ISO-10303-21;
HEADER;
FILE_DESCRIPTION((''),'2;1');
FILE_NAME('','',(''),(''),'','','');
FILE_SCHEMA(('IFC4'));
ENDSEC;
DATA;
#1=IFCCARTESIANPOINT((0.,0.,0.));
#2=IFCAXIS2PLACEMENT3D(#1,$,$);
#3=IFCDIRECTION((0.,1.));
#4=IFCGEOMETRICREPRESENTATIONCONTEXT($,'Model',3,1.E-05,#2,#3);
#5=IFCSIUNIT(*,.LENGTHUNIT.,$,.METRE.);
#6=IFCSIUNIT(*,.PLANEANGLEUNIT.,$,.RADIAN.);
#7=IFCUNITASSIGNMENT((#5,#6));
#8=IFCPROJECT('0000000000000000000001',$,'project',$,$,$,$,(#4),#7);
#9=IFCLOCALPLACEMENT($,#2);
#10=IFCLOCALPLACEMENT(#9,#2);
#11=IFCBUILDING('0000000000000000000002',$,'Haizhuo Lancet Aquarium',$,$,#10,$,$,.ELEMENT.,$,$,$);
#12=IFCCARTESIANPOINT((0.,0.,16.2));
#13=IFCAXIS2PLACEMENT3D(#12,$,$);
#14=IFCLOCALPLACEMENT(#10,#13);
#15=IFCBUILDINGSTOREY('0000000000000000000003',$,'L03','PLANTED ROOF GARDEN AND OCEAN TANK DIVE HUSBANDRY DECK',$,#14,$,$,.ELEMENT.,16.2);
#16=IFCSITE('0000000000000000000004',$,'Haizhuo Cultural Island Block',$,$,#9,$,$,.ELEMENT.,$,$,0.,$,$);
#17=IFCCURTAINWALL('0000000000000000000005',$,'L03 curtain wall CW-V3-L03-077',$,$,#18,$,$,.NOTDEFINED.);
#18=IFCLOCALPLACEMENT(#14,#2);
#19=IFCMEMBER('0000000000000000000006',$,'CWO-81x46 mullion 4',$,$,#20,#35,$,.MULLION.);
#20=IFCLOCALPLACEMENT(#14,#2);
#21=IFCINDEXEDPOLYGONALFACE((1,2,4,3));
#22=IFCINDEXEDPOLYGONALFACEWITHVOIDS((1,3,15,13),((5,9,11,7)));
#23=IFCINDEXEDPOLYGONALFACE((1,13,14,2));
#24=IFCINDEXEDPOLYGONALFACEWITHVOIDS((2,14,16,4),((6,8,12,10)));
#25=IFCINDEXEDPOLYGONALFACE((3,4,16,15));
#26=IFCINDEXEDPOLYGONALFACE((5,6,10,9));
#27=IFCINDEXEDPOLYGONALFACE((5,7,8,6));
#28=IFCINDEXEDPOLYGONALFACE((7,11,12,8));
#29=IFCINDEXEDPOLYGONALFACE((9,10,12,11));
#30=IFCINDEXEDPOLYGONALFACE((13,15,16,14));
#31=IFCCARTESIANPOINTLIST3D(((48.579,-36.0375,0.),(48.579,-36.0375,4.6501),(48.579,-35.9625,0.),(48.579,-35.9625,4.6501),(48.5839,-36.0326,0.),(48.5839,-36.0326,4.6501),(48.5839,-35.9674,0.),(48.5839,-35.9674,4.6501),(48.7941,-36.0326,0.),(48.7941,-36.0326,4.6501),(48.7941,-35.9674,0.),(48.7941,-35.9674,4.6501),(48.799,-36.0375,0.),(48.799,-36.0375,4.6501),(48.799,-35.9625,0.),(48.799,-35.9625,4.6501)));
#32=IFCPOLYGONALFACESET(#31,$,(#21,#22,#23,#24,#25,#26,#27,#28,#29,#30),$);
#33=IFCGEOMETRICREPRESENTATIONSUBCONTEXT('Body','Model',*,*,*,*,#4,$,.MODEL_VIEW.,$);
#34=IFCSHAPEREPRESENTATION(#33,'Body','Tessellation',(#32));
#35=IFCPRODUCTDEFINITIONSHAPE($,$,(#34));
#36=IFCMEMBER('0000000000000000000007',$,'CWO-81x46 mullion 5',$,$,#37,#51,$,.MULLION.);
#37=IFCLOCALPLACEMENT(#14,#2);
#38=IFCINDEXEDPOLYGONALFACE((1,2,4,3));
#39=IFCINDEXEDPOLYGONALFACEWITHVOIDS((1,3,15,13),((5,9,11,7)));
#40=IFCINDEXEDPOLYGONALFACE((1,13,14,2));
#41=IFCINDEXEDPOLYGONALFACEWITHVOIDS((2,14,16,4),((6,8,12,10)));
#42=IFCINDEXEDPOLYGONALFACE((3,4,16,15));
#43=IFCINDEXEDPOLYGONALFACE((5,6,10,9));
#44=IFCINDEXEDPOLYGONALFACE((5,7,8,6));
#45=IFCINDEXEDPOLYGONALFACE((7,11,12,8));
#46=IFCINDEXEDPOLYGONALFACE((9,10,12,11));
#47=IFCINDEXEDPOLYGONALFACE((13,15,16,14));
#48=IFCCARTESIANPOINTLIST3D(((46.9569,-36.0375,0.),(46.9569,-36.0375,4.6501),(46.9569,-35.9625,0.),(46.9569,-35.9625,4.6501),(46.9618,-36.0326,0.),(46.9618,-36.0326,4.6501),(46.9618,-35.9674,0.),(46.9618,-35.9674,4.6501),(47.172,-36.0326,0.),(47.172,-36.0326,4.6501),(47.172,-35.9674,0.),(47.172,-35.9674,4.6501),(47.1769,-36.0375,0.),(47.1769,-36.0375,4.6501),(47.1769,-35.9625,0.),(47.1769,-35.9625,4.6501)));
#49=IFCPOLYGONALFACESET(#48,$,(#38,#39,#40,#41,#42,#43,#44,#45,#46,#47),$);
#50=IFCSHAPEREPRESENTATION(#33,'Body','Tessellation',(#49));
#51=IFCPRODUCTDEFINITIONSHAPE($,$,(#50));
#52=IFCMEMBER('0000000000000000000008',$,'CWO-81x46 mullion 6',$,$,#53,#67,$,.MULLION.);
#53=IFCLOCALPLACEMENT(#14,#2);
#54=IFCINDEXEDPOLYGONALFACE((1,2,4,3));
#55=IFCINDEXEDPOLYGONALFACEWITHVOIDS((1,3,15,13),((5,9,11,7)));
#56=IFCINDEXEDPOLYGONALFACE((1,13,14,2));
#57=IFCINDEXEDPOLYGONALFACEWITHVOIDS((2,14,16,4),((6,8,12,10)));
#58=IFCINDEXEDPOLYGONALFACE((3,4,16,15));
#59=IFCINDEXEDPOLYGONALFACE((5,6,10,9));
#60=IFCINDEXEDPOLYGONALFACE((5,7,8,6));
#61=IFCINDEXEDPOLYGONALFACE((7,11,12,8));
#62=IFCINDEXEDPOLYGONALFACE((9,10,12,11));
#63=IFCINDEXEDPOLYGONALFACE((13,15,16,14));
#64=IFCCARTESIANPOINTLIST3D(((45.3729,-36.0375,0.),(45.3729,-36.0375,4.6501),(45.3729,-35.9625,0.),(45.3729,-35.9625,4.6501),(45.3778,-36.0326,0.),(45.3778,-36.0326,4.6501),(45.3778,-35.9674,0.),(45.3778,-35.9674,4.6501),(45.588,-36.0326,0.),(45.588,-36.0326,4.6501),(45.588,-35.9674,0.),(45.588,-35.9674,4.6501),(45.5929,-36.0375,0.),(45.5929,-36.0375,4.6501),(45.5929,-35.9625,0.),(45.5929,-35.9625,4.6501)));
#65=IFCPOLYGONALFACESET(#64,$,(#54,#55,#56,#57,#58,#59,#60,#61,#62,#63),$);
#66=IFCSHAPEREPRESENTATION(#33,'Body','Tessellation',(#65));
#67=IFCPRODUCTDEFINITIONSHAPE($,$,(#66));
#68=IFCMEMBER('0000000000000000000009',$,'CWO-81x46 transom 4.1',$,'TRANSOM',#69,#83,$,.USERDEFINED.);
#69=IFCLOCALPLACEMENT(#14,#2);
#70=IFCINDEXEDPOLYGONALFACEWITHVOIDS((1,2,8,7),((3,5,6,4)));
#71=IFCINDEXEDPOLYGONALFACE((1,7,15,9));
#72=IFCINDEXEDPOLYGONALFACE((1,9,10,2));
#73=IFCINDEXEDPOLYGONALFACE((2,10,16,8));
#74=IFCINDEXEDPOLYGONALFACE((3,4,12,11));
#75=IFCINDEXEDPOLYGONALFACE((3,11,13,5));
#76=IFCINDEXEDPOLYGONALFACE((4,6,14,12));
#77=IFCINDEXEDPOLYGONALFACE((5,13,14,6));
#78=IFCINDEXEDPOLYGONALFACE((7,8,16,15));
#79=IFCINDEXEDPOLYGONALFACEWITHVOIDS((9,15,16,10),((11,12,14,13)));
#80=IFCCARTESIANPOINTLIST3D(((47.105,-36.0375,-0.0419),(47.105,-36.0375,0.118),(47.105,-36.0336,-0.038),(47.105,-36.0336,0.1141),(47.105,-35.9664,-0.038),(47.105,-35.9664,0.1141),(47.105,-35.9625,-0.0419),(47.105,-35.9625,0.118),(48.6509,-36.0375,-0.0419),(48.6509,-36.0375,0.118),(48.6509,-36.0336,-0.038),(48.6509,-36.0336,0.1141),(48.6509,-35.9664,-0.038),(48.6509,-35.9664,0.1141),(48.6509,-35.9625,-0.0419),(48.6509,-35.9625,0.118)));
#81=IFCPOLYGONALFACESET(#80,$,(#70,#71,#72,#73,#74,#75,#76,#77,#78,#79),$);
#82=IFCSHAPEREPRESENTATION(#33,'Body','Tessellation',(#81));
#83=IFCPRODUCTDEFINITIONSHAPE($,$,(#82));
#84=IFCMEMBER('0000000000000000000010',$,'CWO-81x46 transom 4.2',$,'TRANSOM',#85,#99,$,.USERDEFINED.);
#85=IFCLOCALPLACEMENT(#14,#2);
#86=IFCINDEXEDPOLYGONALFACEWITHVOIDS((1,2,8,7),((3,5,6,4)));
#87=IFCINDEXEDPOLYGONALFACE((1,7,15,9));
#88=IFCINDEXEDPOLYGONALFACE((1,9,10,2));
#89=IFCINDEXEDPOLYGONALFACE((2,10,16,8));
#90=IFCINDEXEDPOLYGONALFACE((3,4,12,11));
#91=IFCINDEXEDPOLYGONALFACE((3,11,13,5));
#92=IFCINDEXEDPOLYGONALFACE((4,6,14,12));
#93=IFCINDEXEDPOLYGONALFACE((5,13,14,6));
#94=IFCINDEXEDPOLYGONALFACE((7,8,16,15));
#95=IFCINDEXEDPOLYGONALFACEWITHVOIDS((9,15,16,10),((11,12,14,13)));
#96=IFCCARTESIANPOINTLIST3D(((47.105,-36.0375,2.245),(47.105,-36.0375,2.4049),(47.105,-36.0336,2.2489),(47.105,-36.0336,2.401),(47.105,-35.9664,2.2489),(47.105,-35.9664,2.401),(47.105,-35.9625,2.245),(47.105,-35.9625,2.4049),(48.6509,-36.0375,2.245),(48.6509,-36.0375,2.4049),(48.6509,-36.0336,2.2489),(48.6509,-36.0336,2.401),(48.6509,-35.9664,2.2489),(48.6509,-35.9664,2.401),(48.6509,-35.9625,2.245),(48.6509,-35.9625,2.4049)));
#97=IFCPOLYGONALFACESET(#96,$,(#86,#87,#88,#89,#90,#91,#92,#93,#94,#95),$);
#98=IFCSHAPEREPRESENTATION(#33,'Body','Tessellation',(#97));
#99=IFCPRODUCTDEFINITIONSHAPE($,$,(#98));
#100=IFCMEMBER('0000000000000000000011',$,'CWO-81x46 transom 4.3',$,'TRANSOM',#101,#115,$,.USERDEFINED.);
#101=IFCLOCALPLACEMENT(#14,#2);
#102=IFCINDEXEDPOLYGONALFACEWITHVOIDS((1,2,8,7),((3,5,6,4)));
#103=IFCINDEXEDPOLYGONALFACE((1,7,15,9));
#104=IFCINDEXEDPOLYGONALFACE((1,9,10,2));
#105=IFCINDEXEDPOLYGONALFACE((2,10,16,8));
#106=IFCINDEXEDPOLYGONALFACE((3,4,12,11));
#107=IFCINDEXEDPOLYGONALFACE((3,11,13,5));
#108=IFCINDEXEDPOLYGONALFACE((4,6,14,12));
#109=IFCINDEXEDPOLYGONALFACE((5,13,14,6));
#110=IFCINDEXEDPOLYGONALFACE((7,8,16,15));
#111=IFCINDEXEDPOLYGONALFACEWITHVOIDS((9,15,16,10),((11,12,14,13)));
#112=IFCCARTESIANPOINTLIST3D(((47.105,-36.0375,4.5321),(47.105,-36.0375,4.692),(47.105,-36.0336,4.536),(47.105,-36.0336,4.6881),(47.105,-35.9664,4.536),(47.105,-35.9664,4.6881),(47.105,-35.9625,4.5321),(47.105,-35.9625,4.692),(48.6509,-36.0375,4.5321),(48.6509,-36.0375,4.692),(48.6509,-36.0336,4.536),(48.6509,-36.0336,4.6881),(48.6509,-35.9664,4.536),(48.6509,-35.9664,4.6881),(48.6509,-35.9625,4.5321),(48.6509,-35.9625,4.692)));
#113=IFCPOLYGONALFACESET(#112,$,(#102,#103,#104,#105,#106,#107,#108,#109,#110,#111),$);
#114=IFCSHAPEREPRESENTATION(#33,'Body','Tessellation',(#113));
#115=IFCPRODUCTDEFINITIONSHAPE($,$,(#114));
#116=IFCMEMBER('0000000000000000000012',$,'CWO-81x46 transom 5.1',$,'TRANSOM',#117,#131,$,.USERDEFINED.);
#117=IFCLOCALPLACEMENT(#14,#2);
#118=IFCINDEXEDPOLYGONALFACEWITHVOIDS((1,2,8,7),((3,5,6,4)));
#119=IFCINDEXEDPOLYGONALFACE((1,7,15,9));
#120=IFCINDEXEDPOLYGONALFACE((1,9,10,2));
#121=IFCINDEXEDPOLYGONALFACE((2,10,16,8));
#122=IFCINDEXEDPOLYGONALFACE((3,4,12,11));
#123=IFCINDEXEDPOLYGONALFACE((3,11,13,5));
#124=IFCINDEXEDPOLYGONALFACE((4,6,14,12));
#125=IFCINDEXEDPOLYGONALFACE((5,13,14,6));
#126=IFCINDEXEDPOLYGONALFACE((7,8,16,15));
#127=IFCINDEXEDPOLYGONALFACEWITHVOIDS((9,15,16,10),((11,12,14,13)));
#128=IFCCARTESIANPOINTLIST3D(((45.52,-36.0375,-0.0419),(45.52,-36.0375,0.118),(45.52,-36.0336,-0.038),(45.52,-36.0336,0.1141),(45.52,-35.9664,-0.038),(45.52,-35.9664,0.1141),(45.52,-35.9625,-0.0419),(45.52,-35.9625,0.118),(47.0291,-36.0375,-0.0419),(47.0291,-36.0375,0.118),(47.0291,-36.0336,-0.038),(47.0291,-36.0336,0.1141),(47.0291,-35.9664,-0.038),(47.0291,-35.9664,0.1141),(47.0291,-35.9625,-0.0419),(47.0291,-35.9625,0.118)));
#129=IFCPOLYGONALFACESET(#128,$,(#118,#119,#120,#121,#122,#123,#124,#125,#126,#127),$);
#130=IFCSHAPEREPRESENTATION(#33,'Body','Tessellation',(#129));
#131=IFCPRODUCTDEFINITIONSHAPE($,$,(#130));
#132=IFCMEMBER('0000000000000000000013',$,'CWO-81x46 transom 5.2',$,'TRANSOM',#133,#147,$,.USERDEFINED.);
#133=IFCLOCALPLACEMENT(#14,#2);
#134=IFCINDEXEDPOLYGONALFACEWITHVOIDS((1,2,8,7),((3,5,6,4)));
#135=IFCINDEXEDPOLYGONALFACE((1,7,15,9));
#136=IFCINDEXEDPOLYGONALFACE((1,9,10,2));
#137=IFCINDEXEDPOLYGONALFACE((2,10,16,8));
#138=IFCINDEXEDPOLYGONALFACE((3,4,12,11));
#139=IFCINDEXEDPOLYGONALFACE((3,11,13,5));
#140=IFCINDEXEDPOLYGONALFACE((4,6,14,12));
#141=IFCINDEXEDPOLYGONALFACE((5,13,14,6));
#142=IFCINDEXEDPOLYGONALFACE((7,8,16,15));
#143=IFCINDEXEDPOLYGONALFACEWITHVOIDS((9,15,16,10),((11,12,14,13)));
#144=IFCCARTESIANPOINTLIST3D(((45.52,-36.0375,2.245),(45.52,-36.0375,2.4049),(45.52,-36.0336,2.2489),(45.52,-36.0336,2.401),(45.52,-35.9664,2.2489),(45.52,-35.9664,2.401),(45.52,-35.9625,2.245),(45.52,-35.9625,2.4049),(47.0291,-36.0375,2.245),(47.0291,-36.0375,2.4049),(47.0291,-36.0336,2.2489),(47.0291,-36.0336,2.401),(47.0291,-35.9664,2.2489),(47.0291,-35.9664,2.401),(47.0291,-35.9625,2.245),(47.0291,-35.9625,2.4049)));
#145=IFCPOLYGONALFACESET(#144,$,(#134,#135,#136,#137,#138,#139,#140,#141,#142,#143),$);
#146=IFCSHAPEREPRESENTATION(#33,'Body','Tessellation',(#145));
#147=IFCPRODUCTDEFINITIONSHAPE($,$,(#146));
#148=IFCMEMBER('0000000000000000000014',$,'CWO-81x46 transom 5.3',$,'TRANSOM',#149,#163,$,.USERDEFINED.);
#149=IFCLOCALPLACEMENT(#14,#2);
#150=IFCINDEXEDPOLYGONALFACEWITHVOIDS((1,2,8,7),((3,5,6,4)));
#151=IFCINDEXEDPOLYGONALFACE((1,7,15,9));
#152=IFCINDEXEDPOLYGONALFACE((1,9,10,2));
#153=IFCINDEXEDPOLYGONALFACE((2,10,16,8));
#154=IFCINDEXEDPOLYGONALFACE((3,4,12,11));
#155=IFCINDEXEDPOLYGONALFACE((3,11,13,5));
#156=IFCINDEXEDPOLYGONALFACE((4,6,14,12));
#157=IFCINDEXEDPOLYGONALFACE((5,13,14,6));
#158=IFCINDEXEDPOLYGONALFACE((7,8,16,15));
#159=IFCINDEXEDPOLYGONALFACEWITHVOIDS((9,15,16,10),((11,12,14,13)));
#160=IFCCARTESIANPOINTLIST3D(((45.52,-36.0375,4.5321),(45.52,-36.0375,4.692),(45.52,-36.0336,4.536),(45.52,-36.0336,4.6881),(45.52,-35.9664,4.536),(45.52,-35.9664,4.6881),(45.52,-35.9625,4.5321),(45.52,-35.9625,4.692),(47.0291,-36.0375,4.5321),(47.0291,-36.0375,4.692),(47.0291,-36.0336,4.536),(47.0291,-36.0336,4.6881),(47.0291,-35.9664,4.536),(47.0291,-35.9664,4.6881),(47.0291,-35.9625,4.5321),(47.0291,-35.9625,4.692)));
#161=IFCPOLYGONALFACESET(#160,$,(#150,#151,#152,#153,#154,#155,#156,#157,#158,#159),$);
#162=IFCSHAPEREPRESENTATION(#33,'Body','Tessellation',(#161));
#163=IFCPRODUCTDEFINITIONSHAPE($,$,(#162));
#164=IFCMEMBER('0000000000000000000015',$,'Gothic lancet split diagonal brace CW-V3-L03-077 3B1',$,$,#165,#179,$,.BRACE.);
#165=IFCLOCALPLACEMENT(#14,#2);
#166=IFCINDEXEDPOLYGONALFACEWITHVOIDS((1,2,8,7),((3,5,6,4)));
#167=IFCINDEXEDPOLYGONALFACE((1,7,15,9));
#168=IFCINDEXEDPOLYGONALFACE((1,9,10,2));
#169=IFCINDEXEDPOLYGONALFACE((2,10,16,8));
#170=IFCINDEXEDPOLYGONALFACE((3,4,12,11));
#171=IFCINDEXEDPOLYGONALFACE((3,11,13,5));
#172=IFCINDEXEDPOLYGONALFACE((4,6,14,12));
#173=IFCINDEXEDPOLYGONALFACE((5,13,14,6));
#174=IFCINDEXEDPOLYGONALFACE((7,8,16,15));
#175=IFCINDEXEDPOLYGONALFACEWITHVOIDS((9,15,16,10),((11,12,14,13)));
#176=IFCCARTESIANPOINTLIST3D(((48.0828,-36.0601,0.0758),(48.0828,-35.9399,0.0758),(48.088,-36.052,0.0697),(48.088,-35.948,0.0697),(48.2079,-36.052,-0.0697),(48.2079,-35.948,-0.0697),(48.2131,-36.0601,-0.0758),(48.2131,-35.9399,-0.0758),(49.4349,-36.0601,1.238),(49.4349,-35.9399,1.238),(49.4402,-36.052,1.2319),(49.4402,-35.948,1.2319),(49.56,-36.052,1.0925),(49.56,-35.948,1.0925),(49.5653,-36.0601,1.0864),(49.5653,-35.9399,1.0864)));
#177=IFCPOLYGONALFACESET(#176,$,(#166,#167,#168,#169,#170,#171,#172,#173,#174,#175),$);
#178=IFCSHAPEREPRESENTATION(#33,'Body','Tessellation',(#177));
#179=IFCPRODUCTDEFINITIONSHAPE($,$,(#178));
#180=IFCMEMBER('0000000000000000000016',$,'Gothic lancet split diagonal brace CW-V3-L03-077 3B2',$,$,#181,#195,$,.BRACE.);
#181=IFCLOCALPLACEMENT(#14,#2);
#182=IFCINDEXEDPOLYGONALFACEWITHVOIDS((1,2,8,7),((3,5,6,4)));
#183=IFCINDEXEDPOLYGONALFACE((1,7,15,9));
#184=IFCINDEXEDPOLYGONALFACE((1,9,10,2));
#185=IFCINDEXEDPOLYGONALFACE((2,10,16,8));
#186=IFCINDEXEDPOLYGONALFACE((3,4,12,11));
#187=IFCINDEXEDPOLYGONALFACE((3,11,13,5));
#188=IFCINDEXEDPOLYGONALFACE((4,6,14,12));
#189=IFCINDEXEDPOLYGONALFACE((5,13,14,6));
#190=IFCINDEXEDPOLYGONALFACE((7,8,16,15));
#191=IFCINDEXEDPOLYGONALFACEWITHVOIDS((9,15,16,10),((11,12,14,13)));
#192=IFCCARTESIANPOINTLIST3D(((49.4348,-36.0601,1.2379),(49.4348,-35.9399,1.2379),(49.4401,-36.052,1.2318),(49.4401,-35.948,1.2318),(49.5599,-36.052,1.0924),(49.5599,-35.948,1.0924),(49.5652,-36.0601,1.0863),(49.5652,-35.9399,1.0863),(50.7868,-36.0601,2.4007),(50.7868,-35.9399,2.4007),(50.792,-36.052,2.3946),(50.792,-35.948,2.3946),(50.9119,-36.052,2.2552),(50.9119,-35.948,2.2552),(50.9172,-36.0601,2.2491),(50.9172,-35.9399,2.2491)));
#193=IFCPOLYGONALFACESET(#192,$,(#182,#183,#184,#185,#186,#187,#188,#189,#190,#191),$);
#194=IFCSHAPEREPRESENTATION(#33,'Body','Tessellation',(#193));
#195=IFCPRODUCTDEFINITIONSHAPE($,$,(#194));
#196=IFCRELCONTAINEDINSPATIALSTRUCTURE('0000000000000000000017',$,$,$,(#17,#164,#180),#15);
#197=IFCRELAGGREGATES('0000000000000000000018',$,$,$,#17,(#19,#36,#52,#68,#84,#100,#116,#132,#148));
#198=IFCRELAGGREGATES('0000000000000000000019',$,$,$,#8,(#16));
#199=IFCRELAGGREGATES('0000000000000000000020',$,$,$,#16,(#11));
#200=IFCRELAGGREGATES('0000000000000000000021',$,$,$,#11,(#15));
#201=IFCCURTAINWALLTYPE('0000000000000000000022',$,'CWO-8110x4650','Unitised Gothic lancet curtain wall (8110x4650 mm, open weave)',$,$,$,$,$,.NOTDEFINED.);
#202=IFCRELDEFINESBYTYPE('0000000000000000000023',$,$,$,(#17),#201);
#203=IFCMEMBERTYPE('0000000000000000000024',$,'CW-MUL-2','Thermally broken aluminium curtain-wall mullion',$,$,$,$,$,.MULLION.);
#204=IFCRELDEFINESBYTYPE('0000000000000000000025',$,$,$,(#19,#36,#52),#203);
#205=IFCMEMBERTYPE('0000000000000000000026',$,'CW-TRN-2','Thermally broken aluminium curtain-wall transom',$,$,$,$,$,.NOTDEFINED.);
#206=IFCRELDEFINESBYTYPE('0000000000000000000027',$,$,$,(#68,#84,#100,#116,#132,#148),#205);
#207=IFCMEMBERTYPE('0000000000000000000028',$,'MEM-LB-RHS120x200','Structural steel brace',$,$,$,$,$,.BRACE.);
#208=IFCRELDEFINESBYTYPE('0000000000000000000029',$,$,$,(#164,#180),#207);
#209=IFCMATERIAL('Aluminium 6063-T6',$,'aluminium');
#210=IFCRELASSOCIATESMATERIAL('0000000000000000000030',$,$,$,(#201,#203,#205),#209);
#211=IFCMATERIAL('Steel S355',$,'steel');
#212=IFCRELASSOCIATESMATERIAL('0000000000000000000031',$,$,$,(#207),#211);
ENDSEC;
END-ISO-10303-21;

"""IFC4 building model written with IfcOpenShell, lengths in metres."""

from ifc_helpers import new_model, si_unit, direction, frame, origin, origin_2d, place, context, subcontext, project, spatial, hollow_rectangle, extrude, material, material_profile, profile_set, type_object, element, aggregate, save


model = new_model("IFC4")

# Units and contexts
model_context = context("Model", 3, precision=1e-05, world=origin(), true_north=direction((0.0, 1.0)))
body_context = subcontext(model_context, "Body", "Model", "MODEL_VIEW")
ifc_project = project(units=[si_unit("LENGTHUNIT", "METRE"), si_unit("PLANEANGLEUNIT", "RADIAN")], contexts=[model_context])

# Site, building, storey
site_placement = place(None, origin())
site = spatial("IfcSite", under=ifc_project, at=site_placement, Name="Haizhuo Cultural Island Block", CompositionType="ELEMENT", RefElevation=0.0)
building_placement = place(site_placement, origin())
building = spatial("IfcBuilding", under=site, at=building_placement, Name="Haizhuo Lancet Aquarium", CompositionType="ELEMENT")
storey_placement = place(building_placement, frame((0.0, 0.0, 16.2)))
storey = spatial("IfcBuildingStorey", under=building, at=storey_placement, Name="L03", Description="PLANTED ROOF GARDEN AND OCEAN TANK DIVE HUSBANDRY DECK", CompositionType="ELEMENT", Elevation=16.2)

# Curtain wall, members
ifc_material_1 = material(Name="Aluminium 6063-T6", Category="aluminium")
curtain_wall_type = type_object("IfcCurtainWallType", Name="CWO-8110x4650", Description="Unitised Gothic lancet curtain wall (8110x4650 mm, open weave)", PredefinedType="NOTDEFINED", material=ifc_material_1)
curtain_wall_placement = place(storey_placement, origin())
curtain_wall = element("IfcCurtainWall", 1, at=curtain_wall_placement, inside=storey, type_object=curtain_wall_type, Name="L03 curtain wall CW-V3-L03-077", PredefinedType="NOTDEFINED")
ifc_material_profile_1 = material_profile(ifc_material_1, hollow_rectangle(XDim=0.075, YDim=0.22, WallThickness=0.0049, at=origin_2d()), Name="ALU-M 75x220x5")
ifc_profile_set_1 = profile_set([ifc_material_profile_1], Name="Aluminium 6063-T6")
member_type_1 = type_object("IfcMemberType", Name="CW-MUL-2", Description="Thermally broken aluminium curtain-wall mullion", PredefinedType="MULLION", material=ifc_profile_set_1)
member_1_placement = place(storey_placement, frame((48.689, -36.0, 0.0), z_axis=(0.0, 0.0, 1.0), x_axis=(0.0, -1.0, 0.0)))
member_1 = element("IfcMember", 2, at=member_1_placement, type_object=member_type_1, Name="CWO-81x46 mullion 4", PredefinedType="MULLION", context=body_context, shape_type="SweptSolid", body=[
    extrude(hollow_rectangle(XDim=0.075, YDim=0.22, WallThickness=0.0049, at=origin_2d()), origin(), (0.0, 0.0, 1.0), 4.6501),
])
member_2_placement = place(storey_placement, frame((47.0669, -36.0, 0.0), z_axis=(0.0, 0.0, 1.0), x_axis=(0.0, -1.0, 0.0)))
member_2 = element("IfcMember", 3, at=member_2_placement, type_object=member_type_1, Name="CWO-81x46 mullion 5", PredefinedType="MULLION", context=body_context, shape_type="SweptSolid", body=[
    extrude(hollow_rectangle(XDim=0.075, YDim=0.22, WallThickness=0.0049, at=origin_2d()), origin(), (0.0, 0.0, 1.0), 4.6501),
])
member_3_placement = place(storey_placement, frame((45.4829, -36.0, 0.0), z_axis=(0.0, 0.0, 1.0), x_axis=(0.0, -1.0, 0.0)))
member_3 = element("IfcMember", 4, at=member_3_placement, type_object=member_type_1, Name="CWO-81x46 mullion 6", PredefinedType="MULLION", context=body_context, shape_type="SweptSolid", body=[
    extrude(hollow_rectangle(XDim=0.075, YDim=0.22, WallThickness=0.0049, at=origin_2d()), origin(), (0.0, 0.0, 1.0), 4.6501),
])
ifc_material_profile_2 = material_profile(ifc_material_1, hollow_rectangle(XDim=0.075, YDim=0.1599, WallThickness=0.0039, at=origin_2d()), Name="ALU-T 75x160x4")
ifc_profile_set_2 = profile_set([ifc_material_profile_2], Name="Aluminium 6063-T6")
member_type_2 = type_object("IfcMemberType", Name="CW-TRN-2", Description="Thermally broken aluminium curtain-wall transom", PredefinedType="NOTDEFINED", material=ifc_profile_set_2)
member_4_placement = place(storey_placement, frame((48.6509, -36.0, 0.0381), z_axis=(-1.0, 0.0, 0.0), x_axis=(0.0, -1.0, 0.0)))
member_4 = element("IfcMember", 5, at=member_4_placement, type_object=member_type_2, Name="CWO-81x46 transom 4.1", ObjectType="TRANSOM", PredefinedType="USERDEFINED", context=body_context, shape_type="SweptSolid", body=[
    extrude(hollow_rectangle(XDim=0.075, YDim=0.1599, WallThickness=0.0039, at=origin_2d()), origin(), (0.0, 0.0, 1.0), 1.5459),
])
member_5_placement = place(storey_placement, frame((48.6509, -36.0, 2.325), z_axis=(-1.0, 0.0, 0.0), x_axis=(0.0, -1.0, 0.0)))
member_5 = element("IfcMember", 6, at=member_5_placement, type_object=member_type_2, Name="CWO-81x46 transom 4.2", ObjectType="TRANSOM", PredefinedType="USERDEFINED", context=body_context, shape_type="SweptSolid", body=[
    extrude(hollow_rectangle(XDim=0.075, YDim=0.1599, WallThickness=0.0039, at=origin_2d()), origin(), (0.0, 0.0, 1.0), 1.5459),
])
member_6_placement = place(storey_placement, frame((48.6509, -36.0, 4.6121), z_axis=(-1.0, 0.0, 0.0), x_axis=(0.0, -1.0, 0.0)))
member_6 = element("IfcMember", 7, at=member_6_placement, type_object=member_type_2, Name="CWO-81x46 transom 4.3", ObjectType="TRANSOM", PredefinedType="USERDEFINED", context=body_context, shape_type="SweptSolid", body=[
    extrude(hollow_rectangle(XDim=0.075, YDim=0.1599, WallThickness=0.0039, at=origin_2d()), origin(), (0.0, 0.0, 1.0), 1.5459),
])
member_7_placement = place(storey_placement, frame((47.0291, -36.0, 0.0381), z_axis=(-1.0, 0.0, 0.0), x_axis=(0.0, -1.0, 0.0)))
member_7 = element("IfcMember", 8, at=member_7_placement, type_object=member_type_2, Name="CWO-81x46 transom 5.1", ObjectType="TRANSOM", PredefinedType="USERDEFINED", context=body_context, shape_type="SweptSolid", body=[
    extrude(hollow_rectangle(XDim=0.075, YDim=0.1599, WallThickness=0.0039, at=origin_2d()), origin(), (0.0, 0.0, 1.0), 1.509),
])
member_8_placement = place(storey_placement, frame((47.0291, -36.0, 2.325), z_axis=(-1.0, 0.0, 0.0), x_axis=(0.0, -1.0, 0.0)))
member_8 = element("IfcMember", 9, at=member_8_placement, type_object=member_type_2, Name="CWO-81x46 transom 5.2", ObjectType="TRANSOM", PredefinedType="USERDEFINED", context=body_context, shape_type="SweptSolid", body=[
    extrude(hollow_rectangle(XDim=0.075, YDim=0.1599, WallThickness=0.0039, at=origin_2d()), origin(), (0.0, 0.0, 1.0), 1.509),
])
member_9_placement = place(storey_placement, frame((47.0291, -36.0, 4.6121), z_axis=(-1.0, 0.0, 0.0), x_axis=(0.0, -1.0, 0.0)))
member_9 = element("IfcMember", 10, at=member_9_placement, type_object=member_type_2, Name="CWO-81x46 transom 5.3", ObjectType="TRANSOM", PredefinedType="USERDEFINED", context=body_context, shape_type="SweptSolid", body=[
    extrude(hollow_rectangle(XDim=0.075, YDim=0.1599, WallThickness=0.0039, at=origin_2d()), origin(), (0.0, 0.0, 1.0), 1.509),
])

# Members
ifc_material_2 = material(Name="Steel S355", Category="steel")
ifc_material_profile_3 = material_profile(ifc_material_2, hollow_rectangle(XDim=0.1201, YDim=0.2, WallThickness=0.0081, at=origin_2d()), Name="RHS 120x200x8")
ifc_profile_set_3 = profile_set([ifc_material_profile_3], Name="Steel S355")
member_type_3 = type_object("IfcMemberType", Name="MEM-LB-RHS120x200", Description="Structural steel brace", PredefinedType="BRACE", material=ifc_profile_set_3)
member_10_placement = place(storey_placement, frame((48.1479, -36.0, 0.0), z_axis=(0.758367, 0.0, 0.651828), x_axis=(0.0, 1.0, 0.0)))
element("IfcMember", 11, at=member_10_placement, inside=storey, type_object=member_type_3, Name="Gothic lancet split diagonal brace CW-V3-L03-077 3B1", PredefinedType="BRACE", context=body_context, shape_type="SweptSolid", body=[
    extrude(hollow_rectangle(XDim=0.1201, YDim=0.2, WallThickness=0.0081, at=origin_2d()), origin(), (0.0, 0.0, 1.0), 1.783),
])
member_11_placement = place(storey_placement, frame((49.5, -36.0, 1.1621), z_axis=(0.758164, 0.0, 0.652064), x_axis=(0.0, 1.0, 0.0)))
element("IfcMember", 12, at=member_11_placement, inside=storey, type_object=member_type_3, Name="Gothic lancet split diagonal brace CW-V3-L03-077 3B2", PredefinedType="BRACE", context=body_context, shape_type="SweptSolid", body=[
    extrude(hollow_rectangle(XDim=0.1201, YDim=0.2, WallThickness=0.0081, at=origin_2d()), origin(), (0.0, 0.0, 1.0), 1.7832),
])

aggregate(curtain_wall, [member_1, member_2, member_3, member_4, member_5, member_6, member_7, member_8, member_9])

save(model, "model.ifc")
